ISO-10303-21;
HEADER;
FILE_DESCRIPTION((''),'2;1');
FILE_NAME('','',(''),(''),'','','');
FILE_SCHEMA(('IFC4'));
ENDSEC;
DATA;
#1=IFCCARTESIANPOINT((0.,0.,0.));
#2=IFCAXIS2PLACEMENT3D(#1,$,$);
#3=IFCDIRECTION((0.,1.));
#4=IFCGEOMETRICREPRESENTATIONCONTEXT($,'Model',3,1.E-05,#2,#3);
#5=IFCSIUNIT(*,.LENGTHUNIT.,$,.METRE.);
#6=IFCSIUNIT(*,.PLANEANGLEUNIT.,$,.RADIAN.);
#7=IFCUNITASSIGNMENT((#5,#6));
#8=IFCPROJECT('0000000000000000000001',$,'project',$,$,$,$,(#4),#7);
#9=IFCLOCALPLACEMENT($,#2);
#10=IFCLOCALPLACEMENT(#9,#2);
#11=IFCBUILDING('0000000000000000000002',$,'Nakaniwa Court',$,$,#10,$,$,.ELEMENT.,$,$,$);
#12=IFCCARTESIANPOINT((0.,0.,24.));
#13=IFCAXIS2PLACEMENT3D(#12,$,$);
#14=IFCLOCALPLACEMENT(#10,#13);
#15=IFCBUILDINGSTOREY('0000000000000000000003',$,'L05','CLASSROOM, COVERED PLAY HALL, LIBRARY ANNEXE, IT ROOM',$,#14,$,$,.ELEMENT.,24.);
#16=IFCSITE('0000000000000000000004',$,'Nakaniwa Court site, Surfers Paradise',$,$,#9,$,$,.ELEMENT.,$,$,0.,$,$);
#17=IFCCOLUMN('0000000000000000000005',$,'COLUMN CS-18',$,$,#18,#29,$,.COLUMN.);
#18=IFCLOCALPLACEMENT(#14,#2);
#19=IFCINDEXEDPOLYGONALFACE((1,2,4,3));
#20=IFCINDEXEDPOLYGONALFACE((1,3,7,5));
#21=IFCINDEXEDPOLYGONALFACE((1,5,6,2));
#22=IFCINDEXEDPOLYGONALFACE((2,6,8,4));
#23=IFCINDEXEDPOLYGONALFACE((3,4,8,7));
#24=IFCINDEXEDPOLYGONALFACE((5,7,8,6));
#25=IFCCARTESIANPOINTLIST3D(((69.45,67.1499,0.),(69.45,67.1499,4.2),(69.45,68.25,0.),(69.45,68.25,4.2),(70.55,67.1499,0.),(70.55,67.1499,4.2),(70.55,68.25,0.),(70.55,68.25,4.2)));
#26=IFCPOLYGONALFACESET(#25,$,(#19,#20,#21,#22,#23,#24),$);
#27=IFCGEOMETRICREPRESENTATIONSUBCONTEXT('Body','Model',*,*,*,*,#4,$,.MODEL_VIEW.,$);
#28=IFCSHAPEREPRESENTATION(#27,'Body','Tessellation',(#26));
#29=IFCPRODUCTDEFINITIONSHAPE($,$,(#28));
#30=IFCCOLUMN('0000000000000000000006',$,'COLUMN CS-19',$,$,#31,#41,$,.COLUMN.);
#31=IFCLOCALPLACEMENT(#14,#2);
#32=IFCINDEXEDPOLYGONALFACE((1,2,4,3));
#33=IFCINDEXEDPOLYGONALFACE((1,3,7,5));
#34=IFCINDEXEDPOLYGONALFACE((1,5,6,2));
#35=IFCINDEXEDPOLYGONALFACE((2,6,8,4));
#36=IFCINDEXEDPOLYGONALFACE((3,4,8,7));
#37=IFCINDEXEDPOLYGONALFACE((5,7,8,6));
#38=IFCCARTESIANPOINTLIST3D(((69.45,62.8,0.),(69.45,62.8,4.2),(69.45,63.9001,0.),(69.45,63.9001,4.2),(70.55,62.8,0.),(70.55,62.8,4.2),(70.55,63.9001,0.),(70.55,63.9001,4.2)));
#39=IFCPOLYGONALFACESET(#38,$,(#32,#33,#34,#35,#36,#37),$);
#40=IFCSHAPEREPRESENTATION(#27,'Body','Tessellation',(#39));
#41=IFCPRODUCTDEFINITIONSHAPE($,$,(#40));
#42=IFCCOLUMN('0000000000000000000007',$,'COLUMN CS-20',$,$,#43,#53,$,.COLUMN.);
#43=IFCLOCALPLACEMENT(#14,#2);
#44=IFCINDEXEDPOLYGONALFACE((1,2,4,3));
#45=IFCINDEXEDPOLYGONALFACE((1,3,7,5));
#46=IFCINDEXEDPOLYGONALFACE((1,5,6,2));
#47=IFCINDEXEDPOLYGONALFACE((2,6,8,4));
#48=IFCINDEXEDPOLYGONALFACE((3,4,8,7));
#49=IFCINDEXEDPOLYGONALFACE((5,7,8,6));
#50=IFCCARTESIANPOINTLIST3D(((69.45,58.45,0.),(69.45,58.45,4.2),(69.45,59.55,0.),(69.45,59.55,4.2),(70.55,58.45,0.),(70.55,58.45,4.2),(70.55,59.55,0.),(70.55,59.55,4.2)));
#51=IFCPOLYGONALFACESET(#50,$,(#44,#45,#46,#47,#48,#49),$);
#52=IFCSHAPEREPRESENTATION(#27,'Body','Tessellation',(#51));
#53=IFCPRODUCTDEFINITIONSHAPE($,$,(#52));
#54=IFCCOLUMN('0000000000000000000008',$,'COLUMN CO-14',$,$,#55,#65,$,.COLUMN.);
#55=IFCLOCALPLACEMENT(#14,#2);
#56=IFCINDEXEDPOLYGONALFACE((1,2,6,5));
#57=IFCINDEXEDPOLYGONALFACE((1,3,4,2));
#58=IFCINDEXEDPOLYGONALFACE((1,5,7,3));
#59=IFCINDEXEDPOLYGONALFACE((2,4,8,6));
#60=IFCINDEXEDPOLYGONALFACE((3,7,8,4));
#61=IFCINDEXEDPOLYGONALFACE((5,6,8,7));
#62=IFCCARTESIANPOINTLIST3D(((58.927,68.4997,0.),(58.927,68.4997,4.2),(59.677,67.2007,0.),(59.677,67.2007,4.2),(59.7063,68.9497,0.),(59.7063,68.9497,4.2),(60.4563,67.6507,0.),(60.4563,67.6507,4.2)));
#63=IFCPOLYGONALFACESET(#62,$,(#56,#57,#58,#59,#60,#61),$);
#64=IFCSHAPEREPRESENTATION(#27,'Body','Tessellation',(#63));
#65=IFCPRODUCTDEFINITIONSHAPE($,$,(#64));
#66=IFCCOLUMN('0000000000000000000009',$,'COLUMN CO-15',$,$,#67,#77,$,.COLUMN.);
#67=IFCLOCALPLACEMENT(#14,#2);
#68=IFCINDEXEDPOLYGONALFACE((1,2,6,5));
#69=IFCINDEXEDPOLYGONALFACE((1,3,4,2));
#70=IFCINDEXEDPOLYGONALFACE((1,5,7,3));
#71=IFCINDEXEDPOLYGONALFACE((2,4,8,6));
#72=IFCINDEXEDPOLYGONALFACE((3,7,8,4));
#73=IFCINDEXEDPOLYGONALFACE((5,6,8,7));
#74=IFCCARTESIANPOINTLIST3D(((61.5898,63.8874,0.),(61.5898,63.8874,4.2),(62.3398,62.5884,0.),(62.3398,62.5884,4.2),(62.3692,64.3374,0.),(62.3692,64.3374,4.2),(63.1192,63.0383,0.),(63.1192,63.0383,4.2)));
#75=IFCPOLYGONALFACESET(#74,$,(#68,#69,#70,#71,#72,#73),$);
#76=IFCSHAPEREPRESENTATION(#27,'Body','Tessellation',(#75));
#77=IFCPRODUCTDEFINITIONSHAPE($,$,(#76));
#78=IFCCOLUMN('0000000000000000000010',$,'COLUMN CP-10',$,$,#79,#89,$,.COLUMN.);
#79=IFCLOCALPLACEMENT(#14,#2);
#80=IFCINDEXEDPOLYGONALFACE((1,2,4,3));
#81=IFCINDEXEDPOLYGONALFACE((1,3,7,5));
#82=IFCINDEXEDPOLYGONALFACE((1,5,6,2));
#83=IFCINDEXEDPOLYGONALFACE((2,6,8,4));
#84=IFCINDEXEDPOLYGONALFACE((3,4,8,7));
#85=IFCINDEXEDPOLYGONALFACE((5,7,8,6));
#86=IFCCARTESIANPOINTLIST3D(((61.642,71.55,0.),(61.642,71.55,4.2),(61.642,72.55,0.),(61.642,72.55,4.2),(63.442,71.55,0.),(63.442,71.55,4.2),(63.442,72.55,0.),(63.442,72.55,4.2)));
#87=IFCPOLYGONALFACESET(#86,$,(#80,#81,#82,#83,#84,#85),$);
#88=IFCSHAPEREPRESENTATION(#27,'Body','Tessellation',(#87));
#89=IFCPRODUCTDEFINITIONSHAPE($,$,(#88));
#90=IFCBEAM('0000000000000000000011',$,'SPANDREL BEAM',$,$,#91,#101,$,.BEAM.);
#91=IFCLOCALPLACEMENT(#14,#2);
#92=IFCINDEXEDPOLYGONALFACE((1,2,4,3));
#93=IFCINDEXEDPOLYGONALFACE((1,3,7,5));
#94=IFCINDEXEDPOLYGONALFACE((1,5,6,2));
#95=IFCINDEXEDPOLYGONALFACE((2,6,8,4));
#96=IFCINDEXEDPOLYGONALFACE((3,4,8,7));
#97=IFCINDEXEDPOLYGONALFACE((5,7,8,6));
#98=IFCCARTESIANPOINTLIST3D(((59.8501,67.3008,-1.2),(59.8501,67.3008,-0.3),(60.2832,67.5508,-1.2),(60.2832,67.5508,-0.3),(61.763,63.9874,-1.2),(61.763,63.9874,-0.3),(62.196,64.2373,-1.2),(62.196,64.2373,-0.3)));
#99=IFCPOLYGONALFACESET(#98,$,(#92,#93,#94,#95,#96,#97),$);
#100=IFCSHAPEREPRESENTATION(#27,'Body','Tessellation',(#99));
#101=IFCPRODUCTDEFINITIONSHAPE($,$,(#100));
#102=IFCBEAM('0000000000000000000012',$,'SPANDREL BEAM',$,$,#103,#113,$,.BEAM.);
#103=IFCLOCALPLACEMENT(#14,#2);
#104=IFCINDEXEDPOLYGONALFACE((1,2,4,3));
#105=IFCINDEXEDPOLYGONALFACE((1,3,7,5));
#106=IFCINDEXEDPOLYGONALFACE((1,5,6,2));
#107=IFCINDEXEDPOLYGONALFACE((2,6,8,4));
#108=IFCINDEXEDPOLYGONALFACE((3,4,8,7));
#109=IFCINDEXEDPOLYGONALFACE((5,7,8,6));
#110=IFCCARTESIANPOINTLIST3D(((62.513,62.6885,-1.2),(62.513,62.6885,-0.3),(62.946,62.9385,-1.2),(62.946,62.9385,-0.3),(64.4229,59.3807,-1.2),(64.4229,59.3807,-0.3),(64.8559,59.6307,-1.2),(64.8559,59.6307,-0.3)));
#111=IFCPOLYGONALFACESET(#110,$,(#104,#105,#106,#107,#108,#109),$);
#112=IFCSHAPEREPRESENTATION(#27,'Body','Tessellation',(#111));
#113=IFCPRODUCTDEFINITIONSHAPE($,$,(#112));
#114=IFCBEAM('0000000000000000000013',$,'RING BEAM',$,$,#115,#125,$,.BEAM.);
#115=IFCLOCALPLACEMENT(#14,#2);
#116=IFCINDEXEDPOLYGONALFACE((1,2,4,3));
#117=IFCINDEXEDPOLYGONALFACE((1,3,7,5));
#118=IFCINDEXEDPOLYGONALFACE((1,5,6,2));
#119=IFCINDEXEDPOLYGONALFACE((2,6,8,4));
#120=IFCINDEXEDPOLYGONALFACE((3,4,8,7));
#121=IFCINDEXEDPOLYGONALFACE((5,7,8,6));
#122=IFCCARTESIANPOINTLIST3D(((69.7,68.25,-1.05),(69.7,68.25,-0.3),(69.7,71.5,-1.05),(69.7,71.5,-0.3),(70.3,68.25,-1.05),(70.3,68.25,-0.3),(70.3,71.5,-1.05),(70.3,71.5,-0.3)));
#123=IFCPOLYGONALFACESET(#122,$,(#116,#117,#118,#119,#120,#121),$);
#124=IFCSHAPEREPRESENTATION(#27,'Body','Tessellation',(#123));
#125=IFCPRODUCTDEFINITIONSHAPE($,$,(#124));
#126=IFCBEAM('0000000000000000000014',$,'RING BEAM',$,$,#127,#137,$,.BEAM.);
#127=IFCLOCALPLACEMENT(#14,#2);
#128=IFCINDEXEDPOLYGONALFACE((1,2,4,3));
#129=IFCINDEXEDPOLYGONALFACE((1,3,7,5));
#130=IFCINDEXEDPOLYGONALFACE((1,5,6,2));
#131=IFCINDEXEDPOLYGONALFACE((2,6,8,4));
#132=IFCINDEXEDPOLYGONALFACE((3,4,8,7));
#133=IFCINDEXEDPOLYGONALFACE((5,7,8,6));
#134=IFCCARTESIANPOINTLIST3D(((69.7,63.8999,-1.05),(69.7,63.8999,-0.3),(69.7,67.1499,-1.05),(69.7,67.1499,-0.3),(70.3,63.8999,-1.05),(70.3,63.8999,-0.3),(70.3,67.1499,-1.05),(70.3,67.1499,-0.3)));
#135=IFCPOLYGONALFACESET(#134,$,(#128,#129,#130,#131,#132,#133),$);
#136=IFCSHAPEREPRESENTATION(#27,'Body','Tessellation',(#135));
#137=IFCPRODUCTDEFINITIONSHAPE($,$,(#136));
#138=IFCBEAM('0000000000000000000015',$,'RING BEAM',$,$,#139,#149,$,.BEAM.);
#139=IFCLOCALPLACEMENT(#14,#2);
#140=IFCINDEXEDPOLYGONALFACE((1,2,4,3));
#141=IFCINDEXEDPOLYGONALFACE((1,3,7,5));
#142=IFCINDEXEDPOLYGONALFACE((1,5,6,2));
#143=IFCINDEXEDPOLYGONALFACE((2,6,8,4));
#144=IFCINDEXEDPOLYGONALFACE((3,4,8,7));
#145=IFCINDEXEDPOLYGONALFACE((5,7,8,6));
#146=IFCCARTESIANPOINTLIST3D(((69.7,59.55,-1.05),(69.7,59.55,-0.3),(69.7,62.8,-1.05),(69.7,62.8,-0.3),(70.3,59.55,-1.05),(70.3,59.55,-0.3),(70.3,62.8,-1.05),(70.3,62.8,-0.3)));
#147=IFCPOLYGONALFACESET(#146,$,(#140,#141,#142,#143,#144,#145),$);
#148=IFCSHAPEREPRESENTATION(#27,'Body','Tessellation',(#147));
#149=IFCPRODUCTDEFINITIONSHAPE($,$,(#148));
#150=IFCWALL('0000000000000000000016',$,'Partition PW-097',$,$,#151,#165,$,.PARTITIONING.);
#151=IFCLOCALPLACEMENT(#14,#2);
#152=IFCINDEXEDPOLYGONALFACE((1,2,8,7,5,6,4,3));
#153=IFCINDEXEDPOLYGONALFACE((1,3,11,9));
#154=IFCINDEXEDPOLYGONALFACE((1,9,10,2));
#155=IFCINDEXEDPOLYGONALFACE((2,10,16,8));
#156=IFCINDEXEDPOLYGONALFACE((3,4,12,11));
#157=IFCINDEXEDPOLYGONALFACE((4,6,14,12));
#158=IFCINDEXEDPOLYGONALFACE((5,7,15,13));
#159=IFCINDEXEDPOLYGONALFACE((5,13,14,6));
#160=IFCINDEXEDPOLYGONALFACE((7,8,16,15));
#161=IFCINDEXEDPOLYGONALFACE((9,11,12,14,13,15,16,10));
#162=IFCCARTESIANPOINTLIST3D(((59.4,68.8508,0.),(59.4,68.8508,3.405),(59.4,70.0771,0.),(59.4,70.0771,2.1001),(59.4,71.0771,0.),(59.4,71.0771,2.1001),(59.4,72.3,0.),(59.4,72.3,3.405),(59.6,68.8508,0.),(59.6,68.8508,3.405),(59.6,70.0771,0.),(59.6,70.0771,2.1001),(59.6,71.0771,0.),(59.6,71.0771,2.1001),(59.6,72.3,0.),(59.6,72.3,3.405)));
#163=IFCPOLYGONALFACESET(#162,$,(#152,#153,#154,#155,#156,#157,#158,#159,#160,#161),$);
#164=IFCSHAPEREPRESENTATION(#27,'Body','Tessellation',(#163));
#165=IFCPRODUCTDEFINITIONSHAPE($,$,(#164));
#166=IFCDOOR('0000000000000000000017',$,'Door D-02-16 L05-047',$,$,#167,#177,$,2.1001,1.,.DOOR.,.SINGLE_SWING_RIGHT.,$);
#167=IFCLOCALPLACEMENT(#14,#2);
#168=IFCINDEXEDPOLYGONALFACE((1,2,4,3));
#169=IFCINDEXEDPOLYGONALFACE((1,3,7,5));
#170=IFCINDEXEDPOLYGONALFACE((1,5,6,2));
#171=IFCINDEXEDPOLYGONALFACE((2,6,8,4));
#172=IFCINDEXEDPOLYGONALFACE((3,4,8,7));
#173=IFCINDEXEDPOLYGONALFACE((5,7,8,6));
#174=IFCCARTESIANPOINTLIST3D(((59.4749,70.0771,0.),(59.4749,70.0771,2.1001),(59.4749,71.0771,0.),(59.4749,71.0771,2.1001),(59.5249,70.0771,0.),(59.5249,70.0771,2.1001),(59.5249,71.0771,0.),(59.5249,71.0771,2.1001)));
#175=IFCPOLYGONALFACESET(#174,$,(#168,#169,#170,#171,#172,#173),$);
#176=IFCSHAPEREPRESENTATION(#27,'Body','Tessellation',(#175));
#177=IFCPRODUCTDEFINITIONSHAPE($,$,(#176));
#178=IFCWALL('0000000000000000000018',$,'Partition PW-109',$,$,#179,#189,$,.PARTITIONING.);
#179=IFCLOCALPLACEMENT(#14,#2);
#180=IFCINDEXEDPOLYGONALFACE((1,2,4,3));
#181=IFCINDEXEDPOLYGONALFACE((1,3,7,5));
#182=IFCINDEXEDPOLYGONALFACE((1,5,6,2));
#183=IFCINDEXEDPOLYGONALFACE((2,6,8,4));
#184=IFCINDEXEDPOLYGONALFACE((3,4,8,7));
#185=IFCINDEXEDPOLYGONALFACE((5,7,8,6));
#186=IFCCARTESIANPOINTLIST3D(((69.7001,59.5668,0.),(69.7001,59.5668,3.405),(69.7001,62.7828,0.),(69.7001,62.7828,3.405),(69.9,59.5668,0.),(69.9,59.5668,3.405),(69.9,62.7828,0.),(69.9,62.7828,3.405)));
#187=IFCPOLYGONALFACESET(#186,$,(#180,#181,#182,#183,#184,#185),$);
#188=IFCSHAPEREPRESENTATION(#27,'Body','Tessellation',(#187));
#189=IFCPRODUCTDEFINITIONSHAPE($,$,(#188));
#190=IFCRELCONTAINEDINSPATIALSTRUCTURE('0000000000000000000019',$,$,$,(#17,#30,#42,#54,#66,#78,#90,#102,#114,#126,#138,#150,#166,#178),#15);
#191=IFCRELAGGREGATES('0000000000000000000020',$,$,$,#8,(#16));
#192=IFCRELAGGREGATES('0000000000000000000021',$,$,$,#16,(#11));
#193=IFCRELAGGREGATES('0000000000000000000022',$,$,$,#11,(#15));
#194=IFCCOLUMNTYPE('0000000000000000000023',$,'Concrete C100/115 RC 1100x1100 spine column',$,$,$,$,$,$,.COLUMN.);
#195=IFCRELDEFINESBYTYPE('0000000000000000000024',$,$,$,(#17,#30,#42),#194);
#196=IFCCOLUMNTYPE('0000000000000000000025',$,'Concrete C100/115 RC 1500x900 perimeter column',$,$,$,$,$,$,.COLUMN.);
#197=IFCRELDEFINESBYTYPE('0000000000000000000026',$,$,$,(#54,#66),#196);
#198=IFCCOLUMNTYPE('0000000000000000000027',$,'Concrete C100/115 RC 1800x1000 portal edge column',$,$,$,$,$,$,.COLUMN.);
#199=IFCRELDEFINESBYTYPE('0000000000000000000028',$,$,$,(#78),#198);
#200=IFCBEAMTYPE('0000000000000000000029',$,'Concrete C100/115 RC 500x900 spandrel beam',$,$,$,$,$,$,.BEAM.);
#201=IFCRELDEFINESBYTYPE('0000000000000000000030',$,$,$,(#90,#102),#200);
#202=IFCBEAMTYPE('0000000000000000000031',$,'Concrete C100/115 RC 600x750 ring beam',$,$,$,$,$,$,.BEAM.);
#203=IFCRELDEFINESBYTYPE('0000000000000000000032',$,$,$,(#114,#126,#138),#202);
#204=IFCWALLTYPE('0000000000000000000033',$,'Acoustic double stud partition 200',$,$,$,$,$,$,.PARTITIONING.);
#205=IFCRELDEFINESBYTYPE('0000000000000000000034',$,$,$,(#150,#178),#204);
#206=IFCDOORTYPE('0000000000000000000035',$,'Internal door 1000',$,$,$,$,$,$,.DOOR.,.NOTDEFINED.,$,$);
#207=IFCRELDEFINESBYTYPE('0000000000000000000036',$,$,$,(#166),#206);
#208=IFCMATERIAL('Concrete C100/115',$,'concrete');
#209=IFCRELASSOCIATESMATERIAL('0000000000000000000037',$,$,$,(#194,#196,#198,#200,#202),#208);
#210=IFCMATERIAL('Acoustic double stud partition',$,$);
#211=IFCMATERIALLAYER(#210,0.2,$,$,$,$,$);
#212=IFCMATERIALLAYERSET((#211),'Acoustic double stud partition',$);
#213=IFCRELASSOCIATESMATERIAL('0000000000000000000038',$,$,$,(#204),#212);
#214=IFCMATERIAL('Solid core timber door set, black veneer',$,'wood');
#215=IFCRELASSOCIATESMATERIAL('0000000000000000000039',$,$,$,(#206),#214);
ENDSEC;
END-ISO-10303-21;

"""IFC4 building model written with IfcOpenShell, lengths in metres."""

from ifc_helpers import new_model, si_unit, direction, frame, frame_2d, origin, origin_2d, place, context, subcontext, project, spatial, rectangle, extrude, material, layer, layer_set, material_profile, profile_set, type_object, element, fill, save


model = new_model("IFC4")

# Units and contexts
model_context = context("Model", 3, precision=1e-05, world=origin(), true_north=direction((0.0, 1.0)))
body_context = subcontext(model_context, "Body", "Model", "MODEL_VIEW")
ifc_project = project(units=[si_unit("LENGTHUNIT", "METRE"), si_unit("PLANEANGLEUNIT", "RADIAN")], contexts=[model_context])

# Site, building, storey
site_placement = place(None, origin())
site = spatial("IfcSite", under=ifc_project, at=site_placement, Name="Nakaniwa Court site, Surfers Paradise", CompositionType="ELEMENT", RefElevation=0.0)
building_placement = place(site_placement, origin())
building = spatial("IfcBuilding", under=site, at=building_placement, Name="Nakaniwa Court", CompositionType="ELEMENT")
storey_placement = place(building_placement, frame((0.0, 0.0, 24.0)))
storey = spatial("IfcBuildingStorey", under=building, at=storey_placement, Name="L05", Description="CLASSROOM, COVERED PLAY HALL, LIBRARY ANNEXE, IT ROOM", CompositionType="ELEMENT", Elevation=24.0)

# Columns
ifc_material_1 = material(Name="Concrete C100/115", Category="concrete")
ifc_material_profile_1 = material_profile(ifc_material_1, rectangle(XDim=1.1001, YDim=1.1001, at=origin_2d()), Name="Concrete C100/115 RC 1100x1100 spine column")
ifc_profile_set_1 = profile_set([ifc_material_profile_1], Name="Concrete C100/115")
column_type_1 = type_object("IfcColumnType", Name="Concrete C100/115 RC 1100x1100 spine column", PredefinedType="COLUMN", material=ifc_profile_set_1)
for number, where, z_axis, x_axis, name in (
    (1, (70.0, 67.7, 0.0), (0.0, 0.0, 1.0), (0.0, -1.0, 0.0), "COLUMN CS-18"),
    (2, (70.0, 63.3501, 0.0), (0.0, 0.0, 1.0), (0.0, -1.0, 0.0), "COLUMN CS-19"),
    (3, (70.0, 59.0, 0.0), (0.0, 0.0, 1.0), (0.0, -1.0, 0.0), "COLUMN CS-20"),
):
    element("IfcColumn", number, at=place(storey_placement, frame(where, z_axis=z_axis, x_axis=x_axis)), inside=storey, type_object=column_type_1, Name=name, PredefinedType="COLUMN", context=body_context, shape_type="SweptSolid", body=[
        extrude(rectangle(XDim=1.1001, YDim=1.1001, at=origin_2d()), origin(), (0.0, 0.0, 1.0), 4.2),
    ])
ifc_material_profile_2 = material_profile(ifc_material_1, rectangle(XDim=1.5, YDim=0.8999, at=origin_2d()), Name="Concrete C100/115 RC 1500x900 perimeter column")
ifc_profile_set_2 = profile_set([ifc_material_profile_2], Name="Concrete C100/115")
column_type_2 = type_object("IfcColumnType", Name="Concrete C100/115 RC 1500x900 perimeter column", PredefinedType="COLUMN", material=ifc_profile_set_2)
for number, where, z_axis, x_axis, name in (
    (4, (59.6917, 68.0752, 0.0), (0.0, 0.0, 1.0), (0.5, -0.866025, 0.0), "COLUMN CO-14"),
    (5, (62.3545, 63.4629, 0.0), (0.0, 0.0, 1.0), (0.5, -0.866025, 0.0), "COLUMN CO-15"),
):
    element("IfcColumn", number, at=place(storey_placement, frame(where, z_axis=z_axis, x_axis=x_axis)), inside=storey, type_object=column_type_2, Name=name, PredefinedType="COLUMN", context=body_context, shape_type="SweptSolid", body=[
        extrude(rectangle(XDim=1.5, YDim=0.8999, at=origin_2d()), origin(), (0.0, 0.0, 1.0), 4.2),
    ])
ifc_material_profile_3 = material_profile(ifc_material_1, rectangle(XDim=1.8, YDim=1.0, at=origin_2d()), Name="Concrete C100/115 RC 1800x1000 portal edge column")
ifc_profile_set_3 = profile_set([ifc_material_profile_3], Name="Concrete C100/115")
column_type_3 = type_object("IfcColumnType", Name="Concrete C100/115 RC 1800x1000 portal edge column", PredefinedType="COLUMN", material=ifc_profile_set_3)
column_placement = place(storey_placement, frame((62.542, 72.05, 0.0), z_axis=(0.0, 0.0, 1.0), x_axis=(1.0, 0.0, 0.0)))
element("IfcColumn", 6, at=column_placement, inside=storey, type_object=column_type_3, Name="COLUMN CP-10", PredefinedType="COLUMN", context=body_context, shape_type="SweptSolid", body=[
    extrude(rectangle(XDim=1.8, YDim=1.0, at=origin_2d()), origin(), (0.0, 0.0, 1.0), 4.2),
])

# Beams
ifc_material_profile_4 = material_profile(ifc_material_1, rectangle(XDim=0.5, YDim=0.8999, at=origin_2d()), Name="Concrete C100/115 RC 500x900 spandrel beam")
ifc_profile_set_4 = profile_set([ifc_material_profile_4], Name="Concrete C100/115")
beam_type_1 = type_object("IfcBeamType", Name="Concrete C100/115 RC 500x900 spandrel beam", PredefinedType="BEAM", material=ifc_profile_set_4)
beam_1_placement = place(storey_placement, frame((60.0667, 67.4258, -0.75), z_axis=(0.499962, -0.866047, 0.0), x_axis=(0.866047, 0.499962, 0.0)))
element("IfcBeam", 7, at=beam_1_placement, inside=storey, type_object=beam_type_1, Name="SPANDREL BEAM", PredefinedType="BEAM", context=body_context, shape_type="SweptSolid", body=[
    extrude(rectangle(XDim=0.5, YDim=0.8999, at=origin_2d()), origin(), (0.0, 0.0, 1.0), 3.8259),
])
beam_2_placement = place(storey_placement, frame((62.7295, 62.8135, -0.75), z_axis=(0.500023, -0.866012, 0.0), x_axis=(0.866012, 0.500023, 0.0)))
element("IfcBeam", 8, at=beam_2_placement, inside=storey, type_object=beam_type_1, Name="SPANDREL BEAM", PredefinedType="BEAM", context=body_context, shape_type="SweptSolid", body=[
    extrude(rectangle(XDim=0.5, YDim=0.8999, at=origin_2d()), origin(), (0.0, 0.0, 1.0), 3.8196),
])
ifc_material_profile_5 = material_profile(ifc_material_1, rectangle(XDim=0.6001, YDim=0.75, at=origin_2d()), Name="Concrete C100/115 RC 600x750 ring beam")
ifc_profile_set_5 = profile_set([ifc_material_profile_5], Name="Concrete C100/115")
beam_type_2 = type_object("IfcBeamType", Name="Concrete C100/115 RC 600x750 ring beam", PredefinedType="BEAM", material=ifc_profile_set_5)
for number, where, z_axis, x_axis, name in (
    (9, (70.0, 71.5, -0.675), (0.0, -1.0, 0.0), (1.0, 0.0, 0.0), "RING BEAM"),
    (10, (70.0, 67.1499, -0.675), (0.0, -1.0, 0.0), (1.0, 0.0, 0.0), "RING BEAM"),
    (11, (70.0, 62.8, -0.675), (0.0, -1.0, 0.0), (1.0, 0.0, 0.0), "RING BEAM"),
):
    element("IfcBeam", number, at=place(storey_placement, frame(where, z_axis=z_axis, x_axis=x_axis)), inside=storey, type_object=beam_type_2, Name=name, PredefinedType="BEAM", context=body_context, shape_type="SweptSolid", body=[
        extrude(rectangle(XDim=0.6001, YDim=0.75, at=origin_2d()), origin(), (0.0, 0.0, 1.0), 3.25),
    ])

# Wall, opening, door
ifc_material_2 = material(Name="Acoustic double stud partition")
ifc_layer_1 = layer(ifc_material_2, 0.2)
ifc_layer_set_1 = layer_set([ifc_layer_1], Name="Acoustic double stud partition")
wall_type_1 = type_object("IfcWallType", Name="Acoustic double stud partition 200", PredefinedType="PARTITIONING", material=ifc_layer_set_1)
wall_1_placement = place(storey_placement, frame((59.5, 72.3, 0.0), z_axis=(0.0, 0.0, 1.0), x_axis=(0.0, -1.0, 0.0)))
wall_1 = element("IfcWall", 12, at=wall_1_placement, inside=storey, type_object=wall_type_1, Name="Partition PW-097", PredefinedType="PARTITIONING", context=body_context, shape_type="SweptSolid", body=[
    extrude(rectangle(XDim=3.4492, YDim=0.2, at=frame_2d((1.7246, 0.0))), origin(), (0.0, 0.0, 1.0), 3.405),
])
opening_1_placement = place(wall_1_placement, frame((1.2229, 0.0, 0.0)))
opening_1 = element("IfcOpeningElement", 13, at=opening_1_placement, cuts=wall_1, PredefinedType="OPENING", context=body_context, shape_type="SweptSolid", body=[
    extrude(rectangle(XDim=1.0, YDim=2.1001, at=frame_2d((0.5, 1.05))), frame((0.0, 0.1099, 0.0), z_axis=(0.0, -1.0, 0.0), x_axis=(1.0, 0.0, 0.0)), (0.0, 0.0, 1.0), 0.22),
])
ifc_material_3 = material(Name="Solid core timber door set, black veneer", Category="wood")
door_type = type_object("IfcDoorType", Name="Internal door 1000", OperationType="NOTDEFINED", PredefinedType="DOOR", material=ifc_material_3)
door_placement = place(opening_1_placement, origin())
door = element("IfcDoor", 14, at=door_placement, inside=storey, type_object=door_type, Name="Door D-02-16 L05-047", OperationType="SINGLE_SWING_RIGHT", OverallHeight=2.1001, OverallWidth=1.0, PredefinedType="DOOR", context=body_context, shape_type="SweptSolid", body=[
    extrude(rectangle(XDim=1.0, YDim=2.1001, at=frame_2d((0.5, 1.05))), frame((0.0, 0.0249, 0.0), z_axis=(0.0, -1.0, 0.0), x_axis=(1.0, 0.0, 0.0)), (0.0, 0.0, 1.0), 0.05),
])
fill(opening_1, door)

# Wall
for number, where, z_axis, x_axis, name in (
    (15, (69.8, 59.5669, 0.0), (0.0, 0.0, 1.0), (0.0, 1.0, 0.0), "Partition PW-109"),
):
    element("IfcWall", number, at=place(storey_placement, frame(where, z_axis=z_axis, x_axis=x_axis)), inside=storey, type_object=wall_type_1, Name=name, PredefinedType="PARTITIONING", context=body_context, shape_type="SweptSolid", body=[
        extrude(rectangle(XDim=3.2161, YDim=0.2, at=frame_2d((1.6079, 0.0))), origin(), (0.0, 0.0, 1.0), 3.405),
    ])

save(model, "model.ifc")
